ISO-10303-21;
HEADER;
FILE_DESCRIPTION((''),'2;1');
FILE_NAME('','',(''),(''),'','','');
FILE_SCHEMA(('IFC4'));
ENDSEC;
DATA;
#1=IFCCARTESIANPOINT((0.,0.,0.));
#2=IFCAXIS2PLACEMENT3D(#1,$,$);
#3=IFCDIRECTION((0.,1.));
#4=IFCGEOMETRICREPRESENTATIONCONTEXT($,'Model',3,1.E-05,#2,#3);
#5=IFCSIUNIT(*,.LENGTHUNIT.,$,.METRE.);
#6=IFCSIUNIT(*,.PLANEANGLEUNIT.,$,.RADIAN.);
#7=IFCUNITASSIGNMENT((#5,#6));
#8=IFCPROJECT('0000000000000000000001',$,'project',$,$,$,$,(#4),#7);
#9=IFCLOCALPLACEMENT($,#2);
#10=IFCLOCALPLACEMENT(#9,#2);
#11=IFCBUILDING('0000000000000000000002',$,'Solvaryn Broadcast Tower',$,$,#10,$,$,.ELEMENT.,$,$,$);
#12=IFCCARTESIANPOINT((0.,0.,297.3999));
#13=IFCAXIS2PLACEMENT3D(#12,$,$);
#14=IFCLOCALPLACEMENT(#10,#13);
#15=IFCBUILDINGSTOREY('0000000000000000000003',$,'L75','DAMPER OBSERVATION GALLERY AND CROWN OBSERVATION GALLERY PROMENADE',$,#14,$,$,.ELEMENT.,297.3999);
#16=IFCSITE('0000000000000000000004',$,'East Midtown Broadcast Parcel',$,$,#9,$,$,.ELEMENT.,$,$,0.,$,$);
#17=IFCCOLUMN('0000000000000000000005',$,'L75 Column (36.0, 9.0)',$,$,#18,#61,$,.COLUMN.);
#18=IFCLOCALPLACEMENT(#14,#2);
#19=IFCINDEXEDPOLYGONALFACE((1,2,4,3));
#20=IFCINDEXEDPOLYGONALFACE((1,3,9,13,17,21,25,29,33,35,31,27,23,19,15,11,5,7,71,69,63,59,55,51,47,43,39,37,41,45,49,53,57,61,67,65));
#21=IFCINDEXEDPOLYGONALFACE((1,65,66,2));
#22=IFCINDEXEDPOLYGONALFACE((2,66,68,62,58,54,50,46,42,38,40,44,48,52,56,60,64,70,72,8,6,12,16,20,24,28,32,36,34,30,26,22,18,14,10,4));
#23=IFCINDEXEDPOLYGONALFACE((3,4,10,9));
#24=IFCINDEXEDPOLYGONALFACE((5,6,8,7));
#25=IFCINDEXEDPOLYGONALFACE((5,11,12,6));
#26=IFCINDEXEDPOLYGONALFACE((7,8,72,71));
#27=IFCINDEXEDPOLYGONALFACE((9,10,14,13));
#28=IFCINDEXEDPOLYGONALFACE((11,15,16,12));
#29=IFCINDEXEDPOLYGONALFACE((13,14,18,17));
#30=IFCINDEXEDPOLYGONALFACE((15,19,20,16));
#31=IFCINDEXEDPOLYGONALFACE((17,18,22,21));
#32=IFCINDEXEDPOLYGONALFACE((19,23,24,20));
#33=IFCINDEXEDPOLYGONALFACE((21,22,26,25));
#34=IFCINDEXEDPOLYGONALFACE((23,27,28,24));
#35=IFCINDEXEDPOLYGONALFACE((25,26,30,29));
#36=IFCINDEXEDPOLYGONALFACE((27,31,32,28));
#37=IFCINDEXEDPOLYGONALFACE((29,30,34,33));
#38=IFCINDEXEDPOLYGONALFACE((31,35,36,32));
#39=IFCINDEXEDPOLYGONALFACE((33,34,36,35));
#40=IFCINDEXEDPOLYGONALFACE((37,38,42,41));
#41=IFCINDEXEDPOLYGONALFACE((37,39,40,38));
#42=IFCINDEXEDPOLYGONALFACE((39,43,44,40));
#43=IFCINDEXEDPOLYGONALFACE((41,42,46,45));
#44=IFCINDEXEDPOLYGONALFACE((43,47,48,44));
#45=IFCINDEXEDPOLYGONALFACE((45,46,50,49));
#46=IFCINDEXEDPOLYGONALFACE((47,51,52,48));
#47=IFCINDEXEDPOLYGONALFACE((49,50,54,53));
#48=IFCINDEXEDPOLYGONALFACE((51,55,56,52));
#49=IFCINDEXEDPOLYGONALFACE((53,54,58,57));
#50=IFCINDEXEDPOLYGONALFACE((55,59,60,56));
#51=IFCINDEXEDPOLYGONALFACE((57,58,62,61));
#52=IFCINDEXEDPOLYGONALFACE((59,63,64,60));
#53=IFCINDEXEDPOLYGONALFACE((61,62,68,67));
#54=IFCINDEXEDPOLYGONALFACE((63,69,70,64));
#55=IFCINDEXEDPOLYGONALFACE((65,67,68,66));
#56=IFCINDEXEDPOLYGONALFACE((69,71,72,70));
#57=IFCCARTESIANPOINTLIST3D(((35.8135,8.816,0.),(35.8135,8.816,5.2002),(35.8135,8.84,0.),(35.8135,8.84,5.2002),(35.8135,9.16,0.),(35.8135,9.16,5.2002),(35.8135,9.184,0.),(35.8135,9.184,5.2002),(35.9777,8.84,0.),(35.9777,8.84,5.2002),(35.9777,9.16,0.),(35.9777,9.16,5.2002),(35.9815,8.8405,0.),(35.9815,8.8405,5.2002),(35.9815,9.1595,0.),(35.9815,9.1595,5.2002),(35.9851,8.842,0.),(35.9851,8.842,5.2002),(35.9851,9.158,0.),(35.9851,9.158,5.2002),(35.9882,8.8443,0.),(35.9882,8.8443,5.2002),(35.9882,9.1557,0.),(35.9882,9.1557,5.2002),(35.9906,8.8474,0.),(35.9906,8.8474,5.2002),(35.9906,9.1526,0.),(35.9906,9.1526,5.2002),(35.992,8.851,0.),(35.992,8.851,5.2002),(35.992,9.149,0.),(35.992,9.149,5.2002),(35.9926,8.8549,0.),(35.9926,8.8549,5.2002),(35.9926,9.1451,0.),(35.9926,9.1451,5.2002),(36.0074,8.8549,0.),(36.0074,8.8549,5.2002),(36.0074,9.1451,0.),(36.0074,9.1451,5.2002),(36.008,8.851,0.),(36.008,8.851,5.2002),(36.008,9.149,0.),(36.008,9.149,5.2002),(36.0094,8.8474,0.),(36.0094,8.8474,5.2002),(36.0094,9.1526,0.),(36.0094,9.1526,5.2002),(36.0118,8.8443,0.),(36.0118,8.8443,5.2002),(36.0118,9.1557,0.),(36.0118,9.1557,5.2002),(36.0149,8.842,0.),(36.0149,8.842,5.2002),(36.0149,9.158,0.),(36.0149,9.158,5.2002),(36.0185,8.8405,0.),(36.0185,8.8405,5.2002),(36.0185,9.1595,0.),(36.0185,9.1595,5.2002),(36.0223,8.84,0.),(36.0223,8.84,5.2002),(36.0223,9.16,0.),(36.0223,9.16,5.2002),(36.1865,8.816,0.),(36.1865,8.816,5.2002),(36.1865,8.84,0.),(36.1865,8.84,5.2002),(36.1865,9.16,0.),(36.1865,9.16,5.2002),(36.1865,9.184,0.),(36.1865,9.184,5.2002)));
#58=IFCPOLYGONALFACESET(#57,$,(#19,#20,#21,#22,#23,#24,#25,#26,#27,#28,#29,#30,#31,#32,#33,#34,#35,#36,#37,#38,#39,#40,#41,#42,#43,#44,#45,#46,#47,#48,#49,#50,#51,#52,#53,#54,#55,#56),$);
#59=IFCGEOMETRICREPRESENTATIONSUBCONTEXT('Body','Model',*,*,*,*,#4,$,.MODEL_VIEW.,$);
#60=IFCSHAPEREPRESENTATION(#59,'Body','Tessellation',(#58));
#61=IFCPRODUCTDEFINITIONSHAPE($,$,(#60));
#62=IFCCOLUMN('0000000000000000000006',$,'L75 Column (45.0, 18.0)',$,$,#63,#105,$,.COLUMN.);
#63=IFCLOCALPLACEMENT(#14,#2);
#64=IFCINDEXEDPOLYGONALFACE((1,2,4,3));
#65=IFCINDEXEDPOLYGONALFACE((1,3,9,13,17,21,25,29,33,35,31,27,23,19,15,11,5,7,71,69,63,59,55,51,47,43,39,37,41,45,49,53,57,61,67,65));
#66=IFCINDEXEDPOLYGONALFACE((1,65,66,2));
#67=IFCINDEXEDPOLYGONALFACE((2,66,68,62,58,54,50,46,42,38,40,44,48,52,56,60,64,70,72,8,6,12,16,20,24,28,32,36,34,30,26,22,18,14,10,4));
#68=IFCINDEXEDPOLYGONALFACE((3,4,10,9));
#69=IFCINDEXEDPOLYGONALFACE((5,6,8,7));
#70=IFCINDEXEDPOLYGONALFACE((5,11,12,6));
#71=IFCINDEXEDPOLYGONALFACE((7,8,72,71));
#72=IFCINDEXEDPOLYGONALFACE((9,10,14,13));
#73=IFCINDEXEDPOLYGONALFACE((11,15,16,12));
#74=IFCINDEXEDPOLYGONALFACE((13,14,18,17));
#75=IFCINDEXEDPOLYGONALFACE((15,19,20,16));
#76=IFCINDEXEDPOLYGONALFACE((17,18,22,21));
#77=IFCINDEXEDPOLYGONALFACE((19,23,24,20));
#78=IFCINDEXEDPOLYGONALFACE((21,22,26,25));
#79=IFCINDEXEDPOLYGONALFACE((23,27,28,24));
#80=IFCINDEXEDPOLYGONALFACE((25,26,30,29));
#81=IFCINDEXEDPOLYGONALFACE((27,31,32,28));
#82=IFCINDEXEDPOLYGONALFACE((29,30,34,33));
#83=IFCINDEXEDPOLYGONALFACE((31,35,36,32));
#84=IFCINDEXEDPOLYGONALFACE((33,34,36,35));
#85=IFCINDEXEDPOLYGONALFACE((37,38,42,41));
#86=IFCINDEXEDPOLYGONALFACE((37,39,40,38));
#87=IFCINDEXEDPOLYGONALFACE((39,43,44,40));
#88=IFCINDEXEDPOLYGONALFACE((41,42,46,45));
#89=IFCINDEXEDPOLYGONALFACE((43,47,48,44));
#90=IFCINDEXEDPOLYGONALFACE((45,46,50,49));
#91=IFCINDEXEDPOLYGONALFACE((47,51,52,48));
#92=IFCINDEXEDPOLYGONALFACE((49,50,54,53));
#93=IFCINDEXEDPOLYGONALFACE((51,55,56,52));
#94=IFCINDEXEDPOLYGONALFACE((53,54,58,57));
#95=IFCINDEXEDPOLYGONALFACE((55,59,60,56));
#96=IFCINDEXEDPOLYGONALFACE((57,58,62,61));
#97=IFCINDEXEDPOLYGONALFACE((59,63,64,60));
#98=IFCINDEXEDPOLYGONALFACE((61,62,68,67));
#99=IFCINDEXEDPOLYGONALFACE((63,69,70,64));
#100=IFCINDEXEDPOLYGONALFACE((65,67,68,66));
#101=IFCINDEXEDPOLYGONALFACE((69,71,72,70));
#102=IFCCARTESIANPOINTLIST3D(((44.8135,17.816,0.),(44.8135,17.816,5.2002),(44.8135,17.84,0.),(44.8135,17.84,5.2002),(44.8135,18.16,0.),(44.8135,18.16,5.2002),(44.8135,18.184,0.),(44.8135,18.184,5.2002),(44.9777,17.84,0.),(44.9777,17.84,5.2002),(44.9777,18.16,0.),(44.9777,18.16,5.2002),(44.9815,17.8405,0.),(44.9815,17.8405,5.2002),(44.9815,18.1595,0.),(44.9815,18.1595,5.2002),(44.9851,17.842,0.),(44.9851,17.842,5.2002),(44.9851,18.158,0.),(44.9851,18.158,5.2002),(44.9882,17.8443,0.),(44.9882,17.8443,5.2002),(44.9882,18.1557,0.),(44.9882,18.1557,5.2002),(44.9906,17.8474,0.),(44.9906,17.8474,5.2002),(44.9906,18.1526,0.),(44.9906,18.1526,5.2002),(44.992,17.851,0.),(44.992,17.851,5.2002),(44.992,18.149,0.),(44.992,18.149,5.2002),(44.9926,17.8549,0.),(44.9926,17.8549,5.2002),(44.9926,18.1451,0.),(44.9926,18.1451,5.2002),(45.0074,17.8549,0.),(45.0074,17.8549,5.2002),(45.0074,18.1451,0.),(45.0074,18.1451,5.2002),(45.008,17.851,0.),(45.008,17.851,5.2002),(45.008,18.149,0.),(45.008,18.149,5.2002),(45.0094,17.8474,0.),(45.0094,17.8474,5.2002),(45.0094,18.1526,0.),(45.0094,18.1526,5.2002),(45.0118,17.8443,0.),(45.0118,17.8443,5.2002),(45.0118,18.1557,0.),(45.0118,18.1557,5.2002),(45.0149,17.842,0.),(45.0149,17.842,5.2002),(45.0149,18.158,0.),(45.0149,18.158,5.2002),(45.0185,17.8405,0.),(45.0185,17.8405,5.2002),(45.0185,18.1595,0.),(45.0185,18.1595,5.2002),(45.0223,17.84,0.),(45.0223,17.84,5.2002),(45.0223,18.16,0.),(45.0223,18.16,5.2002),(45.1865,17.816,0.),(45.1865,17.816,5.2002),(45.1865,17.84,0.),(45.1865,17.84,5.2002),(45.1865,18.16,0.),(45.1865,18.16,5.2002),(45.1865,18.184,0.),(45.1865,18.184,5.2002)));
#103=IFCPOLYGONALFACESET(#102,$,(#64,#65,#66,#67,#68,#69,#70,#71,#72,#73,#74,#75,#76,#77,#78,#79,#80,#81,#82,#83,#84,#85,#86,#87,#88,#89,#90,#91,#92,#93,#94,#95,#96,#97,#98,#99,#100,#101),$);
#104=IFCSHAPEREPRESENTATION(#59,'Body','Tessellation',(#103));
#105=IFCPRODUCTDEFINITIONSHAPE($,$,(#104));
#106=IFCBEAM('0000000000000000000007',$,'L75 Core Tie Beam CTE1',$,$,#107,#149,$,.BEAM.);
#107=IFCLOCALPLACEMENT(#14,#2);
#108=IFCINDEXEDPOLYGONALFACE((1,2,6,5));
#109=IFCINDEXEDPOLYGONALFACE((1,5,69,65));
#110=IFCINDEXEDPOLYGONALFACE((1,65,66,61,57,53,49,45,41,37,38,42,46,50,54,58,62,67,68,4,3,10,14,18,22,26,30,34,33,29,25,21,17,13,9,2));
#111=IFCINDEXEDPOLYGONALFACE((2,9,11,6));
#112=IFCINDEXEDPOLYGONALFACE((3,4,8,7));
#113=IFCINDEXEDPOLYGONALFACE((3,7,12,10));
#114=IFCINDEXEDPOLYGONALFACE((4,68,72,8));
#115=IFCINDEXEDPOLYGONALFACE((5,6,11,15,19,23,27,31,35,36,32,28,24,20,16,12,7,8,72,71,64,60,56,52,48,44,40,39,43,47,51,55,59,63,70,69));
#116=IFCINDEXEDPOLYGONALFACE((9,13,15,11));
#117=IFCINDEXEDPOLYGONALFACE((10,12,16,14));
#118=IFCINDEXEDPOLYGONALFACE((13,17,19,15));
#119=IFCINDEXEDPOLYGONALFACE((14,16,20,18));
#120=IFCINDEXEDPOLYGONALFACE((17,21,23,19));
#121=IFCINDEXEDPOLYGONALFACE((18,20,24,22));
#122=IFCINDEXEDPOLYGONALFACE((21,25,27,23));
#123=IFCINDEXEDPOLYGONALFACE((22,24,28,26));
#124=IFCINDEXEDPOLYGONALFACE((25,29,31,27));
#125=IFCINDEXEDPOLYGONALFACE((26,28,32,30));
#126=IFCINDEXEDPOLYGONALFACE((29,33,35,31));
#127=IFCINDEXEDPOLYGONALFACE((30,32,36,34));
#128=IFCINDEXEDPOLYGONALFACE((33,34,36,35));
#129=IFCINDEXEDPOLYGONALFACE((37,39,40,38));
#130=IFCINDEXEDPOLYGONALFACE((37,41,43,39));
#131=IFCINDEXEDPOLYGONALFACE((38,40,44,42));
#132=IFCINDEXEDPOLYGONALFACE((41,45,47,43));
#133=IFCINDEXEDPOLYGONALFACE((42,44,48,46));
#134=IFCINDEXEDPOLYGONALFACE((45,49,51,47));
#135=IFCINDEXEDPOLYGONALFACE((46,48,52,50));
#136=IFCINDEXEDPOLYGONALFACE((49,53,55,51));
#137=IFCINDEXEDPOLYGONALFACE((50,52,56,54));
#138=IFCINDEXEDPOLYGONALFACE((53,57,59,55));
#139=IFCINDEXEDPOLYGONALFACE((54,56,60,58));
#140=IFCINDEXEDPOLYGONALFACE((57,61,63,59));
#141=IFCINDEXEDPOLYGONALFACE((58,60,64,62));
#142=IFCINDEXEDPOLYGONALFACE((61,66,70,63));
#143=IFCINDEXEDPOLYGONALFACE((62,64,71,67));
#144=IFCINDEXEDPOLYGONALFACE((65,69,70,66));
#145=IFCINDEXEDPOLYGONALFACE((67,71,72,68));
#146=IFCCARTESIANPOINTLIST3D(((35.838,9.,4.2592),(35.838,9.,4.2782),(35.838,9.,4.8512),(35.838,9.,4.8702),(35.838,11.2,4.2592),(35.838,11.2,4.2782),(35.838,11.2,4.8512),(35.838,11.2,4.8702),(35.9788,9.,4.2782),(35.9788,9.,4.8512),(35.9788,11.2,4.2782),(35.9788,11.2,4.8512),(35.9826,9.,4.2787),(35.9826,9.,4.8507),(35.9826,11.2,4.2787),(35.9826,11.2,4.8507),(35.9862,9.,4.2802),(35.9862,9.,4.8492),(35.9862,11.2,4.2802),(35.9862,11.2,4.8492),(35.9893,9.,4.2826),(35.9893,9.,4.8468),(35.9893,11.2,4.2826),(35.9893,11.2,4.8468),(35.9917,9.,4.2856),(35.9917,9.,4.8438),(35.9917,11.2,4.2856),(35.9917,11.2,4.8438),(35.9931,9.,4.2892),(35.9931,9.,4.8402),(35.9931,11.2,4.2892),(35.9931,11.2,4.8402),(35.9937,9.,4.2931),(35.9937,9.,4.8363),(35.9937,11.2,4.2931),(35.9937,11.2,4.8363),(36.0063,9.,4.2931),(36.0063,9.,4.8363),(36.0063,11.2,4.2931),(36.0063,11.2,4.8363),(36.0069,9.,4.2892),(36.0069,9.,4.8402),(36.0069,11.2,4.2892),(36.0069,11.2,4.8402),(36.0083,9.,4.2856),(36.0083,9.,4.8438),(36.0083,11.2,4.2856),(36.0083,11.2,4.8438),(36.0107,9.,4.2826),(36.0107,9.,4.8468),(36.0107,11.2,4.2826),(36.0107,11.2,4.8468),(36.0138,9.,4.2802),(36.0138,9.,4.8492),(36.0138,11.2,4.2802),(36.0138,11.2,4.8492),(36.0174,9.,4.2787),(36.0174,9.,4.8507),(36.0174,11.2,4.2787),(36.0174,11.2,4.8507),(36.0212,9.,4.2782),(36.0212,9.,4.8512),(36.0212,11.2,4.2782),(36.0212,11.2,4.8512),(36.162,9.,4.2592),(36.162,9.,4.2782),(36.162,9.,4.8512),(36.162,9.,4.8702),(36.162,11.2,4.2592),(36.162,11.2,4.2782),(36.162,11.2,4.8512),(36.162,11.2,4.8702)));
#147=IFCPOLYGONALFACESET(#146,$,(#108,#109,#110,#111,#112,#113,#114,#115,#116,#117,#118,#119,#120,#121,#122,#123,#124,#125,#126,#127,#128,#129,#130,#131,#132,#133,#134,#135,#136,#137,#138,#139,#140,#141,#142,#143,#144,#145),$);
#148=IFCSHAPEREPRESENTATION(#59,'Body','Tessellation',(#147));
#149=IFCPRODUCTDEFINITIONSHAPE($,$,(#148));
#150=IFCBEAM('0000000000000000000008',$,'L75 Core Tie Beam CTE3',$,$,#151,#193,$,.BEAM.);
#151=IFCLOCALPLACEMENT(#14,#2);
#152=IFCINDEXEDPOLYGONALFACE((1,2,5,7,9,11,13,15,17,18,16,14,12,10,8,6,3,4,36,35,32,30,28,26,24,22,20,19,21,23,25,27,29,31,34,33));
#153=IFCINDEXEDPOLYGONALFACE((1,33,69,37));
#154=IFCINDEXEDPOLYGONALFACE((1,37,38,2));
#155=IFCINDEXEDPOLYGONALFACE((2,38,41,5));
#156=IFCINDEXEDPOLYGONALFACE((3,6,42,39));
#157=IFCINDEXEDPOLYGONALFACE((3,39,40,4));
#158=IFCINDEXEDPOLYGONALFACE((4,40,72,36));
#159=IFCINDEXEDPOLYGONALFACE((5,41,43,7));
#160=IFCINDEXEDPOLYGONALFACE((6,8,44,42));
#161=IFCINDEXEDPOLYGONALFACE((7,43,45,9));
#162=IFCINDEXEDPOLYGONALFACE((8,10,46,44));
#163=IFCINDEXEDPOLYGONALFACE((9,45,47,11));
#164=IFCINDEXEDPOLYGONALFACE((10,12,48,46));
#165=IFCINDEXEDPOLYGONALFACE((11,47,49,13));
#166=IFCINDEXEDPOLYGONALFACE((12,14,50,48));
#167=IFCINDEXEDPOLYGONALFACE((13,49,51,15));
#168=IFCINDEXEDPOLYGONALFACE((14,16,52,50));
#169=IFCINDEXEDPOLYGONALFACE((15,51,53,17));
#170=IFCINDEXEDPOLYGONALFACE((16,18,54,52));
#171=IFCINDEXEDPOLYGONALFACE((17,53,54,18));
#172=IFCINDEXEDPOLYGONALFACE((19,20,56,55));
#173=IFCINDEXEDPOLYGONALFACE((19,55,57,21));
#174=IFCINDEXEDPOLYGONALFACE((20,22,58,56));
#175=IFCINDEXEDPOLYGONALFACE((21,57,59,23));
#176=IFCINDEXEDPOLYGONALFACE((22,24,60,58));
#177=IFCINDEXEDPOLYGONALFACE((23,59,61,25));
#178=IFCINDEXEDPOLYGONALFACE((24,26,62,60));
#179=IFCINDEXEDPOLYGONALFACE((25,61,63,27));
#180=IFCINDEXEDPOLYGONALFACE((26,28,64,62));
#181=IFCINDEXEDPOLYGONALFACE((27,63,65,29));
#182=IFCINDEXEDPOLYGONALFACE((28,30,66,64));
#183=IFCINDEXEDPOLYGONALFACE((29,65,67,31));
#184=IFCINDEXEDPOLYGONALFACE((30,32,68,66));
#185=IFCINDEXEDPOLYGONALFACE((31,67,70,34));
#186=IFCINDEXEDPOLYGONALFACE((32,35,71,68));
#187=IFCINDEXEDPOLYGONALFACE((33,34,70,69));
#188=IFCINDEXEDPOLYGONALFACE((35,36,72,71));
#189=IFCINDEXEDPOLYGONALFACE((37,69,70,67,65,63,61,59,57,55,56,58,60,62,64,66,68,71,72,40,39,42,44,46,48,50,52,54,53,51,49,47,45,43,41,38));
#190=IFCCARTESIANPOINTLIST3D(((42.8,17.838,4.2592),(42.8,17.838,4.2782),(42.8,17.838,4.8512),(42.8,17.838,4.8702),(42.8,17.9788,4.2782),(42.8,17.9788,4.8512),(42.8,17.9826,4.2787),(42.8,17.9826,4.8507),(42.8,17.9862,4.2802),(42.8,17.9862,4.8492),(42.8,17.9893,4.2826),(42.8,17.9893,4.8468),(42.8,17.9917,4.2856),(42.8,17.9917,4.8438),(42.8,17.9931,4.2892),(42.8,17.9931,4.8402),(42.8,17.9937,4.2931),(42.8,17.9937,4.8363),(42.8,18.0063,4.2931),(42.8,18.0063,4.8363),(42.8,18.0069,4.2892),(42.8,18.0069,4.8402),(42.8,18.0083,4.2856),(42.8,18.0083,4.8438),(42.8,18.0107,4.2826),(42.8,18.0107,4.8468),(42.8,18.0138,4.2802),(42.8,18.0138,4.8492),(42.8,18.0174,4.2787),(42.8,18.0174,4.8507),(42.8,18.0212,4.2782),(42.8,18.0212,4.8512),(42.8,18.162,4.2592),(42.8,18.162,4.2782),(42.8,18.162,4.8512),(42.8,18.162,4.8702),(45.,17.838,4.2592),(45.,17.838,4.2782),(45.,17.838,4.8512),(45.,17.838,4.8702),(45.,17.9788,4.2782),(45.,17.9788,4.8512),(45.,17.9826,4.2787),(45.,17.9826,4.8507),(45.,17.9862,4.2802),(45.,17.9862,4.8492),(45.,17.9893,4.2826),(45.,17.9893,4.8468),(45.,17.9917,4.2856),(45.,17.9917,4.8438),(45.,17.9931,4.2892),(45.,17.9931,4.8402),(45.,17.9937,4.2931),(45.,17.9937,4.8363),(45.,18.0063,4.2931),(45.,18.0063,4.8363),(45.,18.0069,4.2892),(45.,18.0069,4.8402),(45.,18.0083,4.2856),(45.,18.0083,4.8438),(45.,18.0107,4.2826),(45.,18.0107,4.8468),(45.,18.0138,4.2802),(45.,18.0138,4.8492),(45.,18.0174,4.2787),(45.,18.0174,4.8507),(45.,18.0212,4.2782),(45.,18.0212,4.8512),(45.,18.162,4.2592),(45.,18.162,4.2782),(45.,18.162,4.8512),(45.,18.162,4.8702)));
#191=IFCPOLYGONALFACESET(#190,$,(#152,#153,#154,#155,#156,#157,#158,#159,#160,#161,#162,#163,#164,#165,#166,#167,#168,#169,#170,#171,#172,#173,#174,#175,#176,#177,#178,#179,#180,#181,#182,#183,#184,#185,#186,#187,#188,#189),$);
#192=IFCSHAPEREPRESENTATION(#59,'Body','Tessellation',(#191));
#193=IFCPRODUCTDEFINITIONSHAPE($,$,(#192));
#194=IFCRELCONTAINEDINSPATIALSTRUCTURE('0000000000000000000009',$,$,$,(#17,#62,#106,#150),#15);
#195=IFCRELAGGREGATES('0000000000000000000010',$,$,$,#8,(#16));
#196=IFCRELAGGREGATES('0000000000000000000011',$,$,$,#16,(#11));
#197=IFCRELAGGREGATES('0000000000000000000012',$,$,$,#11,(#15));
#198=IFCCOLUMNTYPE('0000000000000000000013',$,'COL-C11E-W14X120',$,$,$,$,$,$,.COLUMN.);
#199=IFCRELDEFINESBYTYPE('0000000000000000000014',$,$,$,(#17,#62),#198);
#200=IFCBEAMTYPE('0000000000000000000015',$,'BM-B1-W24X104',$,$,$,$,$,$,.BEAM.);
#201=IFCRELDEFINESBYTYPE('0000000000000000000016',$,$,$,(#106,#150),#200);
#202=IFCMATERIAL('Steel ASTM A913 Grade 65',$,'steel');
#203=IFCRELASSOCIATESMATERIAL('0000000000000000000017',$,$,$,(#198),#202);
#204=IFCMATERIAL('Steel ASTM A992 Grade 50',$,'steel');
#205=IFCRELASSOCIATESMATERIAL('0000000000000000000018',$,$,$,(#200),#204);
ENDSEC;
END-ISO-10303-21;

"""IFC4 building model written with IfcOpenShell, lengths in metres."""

from ifc_helpers import new_model, si_unit, direction, frame, origin, origin_2d, place, context, subcontext, project, spatial, i_section, extrude, material, material_profile, profile_set, type_object, element, save


model = new_model("IFC4")

# Units and contexts
model_context = context("Model", 3, precision=1e-05, world=origin(), true_north=direction((0.0, 1.0)))
body_context = subcontext(model_context, "Body", "Model", "MODEL_VIEW")
ifc_project = project(units=[si_unit("LENGTHUNIT", "METRE"), si_unit("PLANEANGLEUNIT", "RADIAN")], contexts=[model_context])

# Site, building, storey
site_placement = place(None, origin())
site = spatial("IfcSite", under=ifc_project, at=site_placement, Name="East Midtown Broadcast Parcel", CompositionType="ELEMENT", RefElevation=0.0)
building_placement = place(site_placement, origin())
building = spatial("IfcBuilding", under=site, at=building_placement, Name="Solvaryn Broadcast Tower", CompositionType="ELEMENT")
storey_placement = place(building_placement, frame((0.0, 0.0, 297.3999)))
storey = spatial("IfcBuildingStorey", under=building, at=storey_placement, Name="L75", Description="DAMPER OBSERVATION GALLERY AND CROWN OBSERVATION GALLERY PROMENADE", CompositionType="ELEMENT", Elevation=297.3999)

# Columns
ifc_material_1 = material(Name="Steel ASTM A913 Grade 65", Category="steel")
ifc_material_profile_1 = material_profile(ifc_material_1, i_section(OverallWidth=0.373, OverallDepth=0.3679, WebThickness=0.0149, FlangeThickness=0.0239, FilletRadius=0.0149, at=origin_2d()))
ifc_profile_set_1 = profile_set([ifc_material_profile_1], Name="Steel ASTM A913 Grade 65")
column_type = type_object("IfcColumnType", Name="COL-C11E-W14X120", PredefinedType="COLUMN", material=ifc_profile_set_1)
for number, where, z_axis, x_axis, name in (
    (1, (36.0, 9.0, 0.0), (0.0, 0.0, 1.0), (1.0, 0.0, 0.0), "L75 Column (36.0, 9.0)"),
    (2, (45.0, 18.0, 0.0), (0.0, 0.0, 1.0), (1.0, 0.0, 0.0), "L75 Column (45.0, 18.0)"),
):
    element("IfcColumn", number, at=place(storey_placement, frame(where, z_axis=z_axis, x_axis=x_axis)), inside=storey, type_object=column_type, Name=name, PredefinedType="COLUMN", context=body_context, shape_type="SweptSolid", body=[
        extrude(i_section(OverallWidth=0.373, OverallDepth=0.3679, WebThickness=0.0149, FlangeThickness=0.0239, FilletRadius=0.0149, at=origin_2d()), origin(), (0.0, 0.0, 1.0), 5.2002),
    ])

# Beams
ifc_material_2 = material(Name="Steel ASTM A992 Grade 50", Category="steel")
ifc_material_profile_2 = material_profile(ifc_material_2, i_section(OverallWidth=0.324, OverallDepth=0.6111, WebThickness=0.0127, FlangeThickness=0.019, FilletRadius=0.0149, at=origin_2d()))
ifc_profile_set_2 = profile_set([ifc_material_profile_2], Name="Steel ASTM A992 Grade 50")
beam_type = type_object("IfcBeamType", Name="BM-B1-W24X104", PredefinedType="BEAM", material=ifc_profile_set_2)
for number, where, z_axis, x_axis, name in (
    (3, (36.0, 9.0, 4.5647), (0.0, 1.0, 0.0), (-1.0, 0.0, 0.0), "L75 Core Tie Beam CTE1"),
    (4, (42.8, 18.0, 4.5647), (1.0, 0.0, 0.0), (0.0, 1.0, 0.0), "L75 Core Tie Beam CTE3"),
):
    element("IfcBeam", number, at=place(storey_placement, frame(where, z_axis=z_axis, x_axis=x_axis)), inside=storey, type_object=beam_type, Name=name, PredefinedType="BEAM", context=body_context, shape_type="SweptSolid", body=[
        extrude(i_section(OverallWidth=0.324, OverallDepth=0.6111, WebThickness=0.0127, FlangeThickness=0.019, FilletRadius=0.0149, at=origin_2d()), origin(), (0.0, 0.0, 1.0), 2.2),
    ])

save(model, "model.ifc")
